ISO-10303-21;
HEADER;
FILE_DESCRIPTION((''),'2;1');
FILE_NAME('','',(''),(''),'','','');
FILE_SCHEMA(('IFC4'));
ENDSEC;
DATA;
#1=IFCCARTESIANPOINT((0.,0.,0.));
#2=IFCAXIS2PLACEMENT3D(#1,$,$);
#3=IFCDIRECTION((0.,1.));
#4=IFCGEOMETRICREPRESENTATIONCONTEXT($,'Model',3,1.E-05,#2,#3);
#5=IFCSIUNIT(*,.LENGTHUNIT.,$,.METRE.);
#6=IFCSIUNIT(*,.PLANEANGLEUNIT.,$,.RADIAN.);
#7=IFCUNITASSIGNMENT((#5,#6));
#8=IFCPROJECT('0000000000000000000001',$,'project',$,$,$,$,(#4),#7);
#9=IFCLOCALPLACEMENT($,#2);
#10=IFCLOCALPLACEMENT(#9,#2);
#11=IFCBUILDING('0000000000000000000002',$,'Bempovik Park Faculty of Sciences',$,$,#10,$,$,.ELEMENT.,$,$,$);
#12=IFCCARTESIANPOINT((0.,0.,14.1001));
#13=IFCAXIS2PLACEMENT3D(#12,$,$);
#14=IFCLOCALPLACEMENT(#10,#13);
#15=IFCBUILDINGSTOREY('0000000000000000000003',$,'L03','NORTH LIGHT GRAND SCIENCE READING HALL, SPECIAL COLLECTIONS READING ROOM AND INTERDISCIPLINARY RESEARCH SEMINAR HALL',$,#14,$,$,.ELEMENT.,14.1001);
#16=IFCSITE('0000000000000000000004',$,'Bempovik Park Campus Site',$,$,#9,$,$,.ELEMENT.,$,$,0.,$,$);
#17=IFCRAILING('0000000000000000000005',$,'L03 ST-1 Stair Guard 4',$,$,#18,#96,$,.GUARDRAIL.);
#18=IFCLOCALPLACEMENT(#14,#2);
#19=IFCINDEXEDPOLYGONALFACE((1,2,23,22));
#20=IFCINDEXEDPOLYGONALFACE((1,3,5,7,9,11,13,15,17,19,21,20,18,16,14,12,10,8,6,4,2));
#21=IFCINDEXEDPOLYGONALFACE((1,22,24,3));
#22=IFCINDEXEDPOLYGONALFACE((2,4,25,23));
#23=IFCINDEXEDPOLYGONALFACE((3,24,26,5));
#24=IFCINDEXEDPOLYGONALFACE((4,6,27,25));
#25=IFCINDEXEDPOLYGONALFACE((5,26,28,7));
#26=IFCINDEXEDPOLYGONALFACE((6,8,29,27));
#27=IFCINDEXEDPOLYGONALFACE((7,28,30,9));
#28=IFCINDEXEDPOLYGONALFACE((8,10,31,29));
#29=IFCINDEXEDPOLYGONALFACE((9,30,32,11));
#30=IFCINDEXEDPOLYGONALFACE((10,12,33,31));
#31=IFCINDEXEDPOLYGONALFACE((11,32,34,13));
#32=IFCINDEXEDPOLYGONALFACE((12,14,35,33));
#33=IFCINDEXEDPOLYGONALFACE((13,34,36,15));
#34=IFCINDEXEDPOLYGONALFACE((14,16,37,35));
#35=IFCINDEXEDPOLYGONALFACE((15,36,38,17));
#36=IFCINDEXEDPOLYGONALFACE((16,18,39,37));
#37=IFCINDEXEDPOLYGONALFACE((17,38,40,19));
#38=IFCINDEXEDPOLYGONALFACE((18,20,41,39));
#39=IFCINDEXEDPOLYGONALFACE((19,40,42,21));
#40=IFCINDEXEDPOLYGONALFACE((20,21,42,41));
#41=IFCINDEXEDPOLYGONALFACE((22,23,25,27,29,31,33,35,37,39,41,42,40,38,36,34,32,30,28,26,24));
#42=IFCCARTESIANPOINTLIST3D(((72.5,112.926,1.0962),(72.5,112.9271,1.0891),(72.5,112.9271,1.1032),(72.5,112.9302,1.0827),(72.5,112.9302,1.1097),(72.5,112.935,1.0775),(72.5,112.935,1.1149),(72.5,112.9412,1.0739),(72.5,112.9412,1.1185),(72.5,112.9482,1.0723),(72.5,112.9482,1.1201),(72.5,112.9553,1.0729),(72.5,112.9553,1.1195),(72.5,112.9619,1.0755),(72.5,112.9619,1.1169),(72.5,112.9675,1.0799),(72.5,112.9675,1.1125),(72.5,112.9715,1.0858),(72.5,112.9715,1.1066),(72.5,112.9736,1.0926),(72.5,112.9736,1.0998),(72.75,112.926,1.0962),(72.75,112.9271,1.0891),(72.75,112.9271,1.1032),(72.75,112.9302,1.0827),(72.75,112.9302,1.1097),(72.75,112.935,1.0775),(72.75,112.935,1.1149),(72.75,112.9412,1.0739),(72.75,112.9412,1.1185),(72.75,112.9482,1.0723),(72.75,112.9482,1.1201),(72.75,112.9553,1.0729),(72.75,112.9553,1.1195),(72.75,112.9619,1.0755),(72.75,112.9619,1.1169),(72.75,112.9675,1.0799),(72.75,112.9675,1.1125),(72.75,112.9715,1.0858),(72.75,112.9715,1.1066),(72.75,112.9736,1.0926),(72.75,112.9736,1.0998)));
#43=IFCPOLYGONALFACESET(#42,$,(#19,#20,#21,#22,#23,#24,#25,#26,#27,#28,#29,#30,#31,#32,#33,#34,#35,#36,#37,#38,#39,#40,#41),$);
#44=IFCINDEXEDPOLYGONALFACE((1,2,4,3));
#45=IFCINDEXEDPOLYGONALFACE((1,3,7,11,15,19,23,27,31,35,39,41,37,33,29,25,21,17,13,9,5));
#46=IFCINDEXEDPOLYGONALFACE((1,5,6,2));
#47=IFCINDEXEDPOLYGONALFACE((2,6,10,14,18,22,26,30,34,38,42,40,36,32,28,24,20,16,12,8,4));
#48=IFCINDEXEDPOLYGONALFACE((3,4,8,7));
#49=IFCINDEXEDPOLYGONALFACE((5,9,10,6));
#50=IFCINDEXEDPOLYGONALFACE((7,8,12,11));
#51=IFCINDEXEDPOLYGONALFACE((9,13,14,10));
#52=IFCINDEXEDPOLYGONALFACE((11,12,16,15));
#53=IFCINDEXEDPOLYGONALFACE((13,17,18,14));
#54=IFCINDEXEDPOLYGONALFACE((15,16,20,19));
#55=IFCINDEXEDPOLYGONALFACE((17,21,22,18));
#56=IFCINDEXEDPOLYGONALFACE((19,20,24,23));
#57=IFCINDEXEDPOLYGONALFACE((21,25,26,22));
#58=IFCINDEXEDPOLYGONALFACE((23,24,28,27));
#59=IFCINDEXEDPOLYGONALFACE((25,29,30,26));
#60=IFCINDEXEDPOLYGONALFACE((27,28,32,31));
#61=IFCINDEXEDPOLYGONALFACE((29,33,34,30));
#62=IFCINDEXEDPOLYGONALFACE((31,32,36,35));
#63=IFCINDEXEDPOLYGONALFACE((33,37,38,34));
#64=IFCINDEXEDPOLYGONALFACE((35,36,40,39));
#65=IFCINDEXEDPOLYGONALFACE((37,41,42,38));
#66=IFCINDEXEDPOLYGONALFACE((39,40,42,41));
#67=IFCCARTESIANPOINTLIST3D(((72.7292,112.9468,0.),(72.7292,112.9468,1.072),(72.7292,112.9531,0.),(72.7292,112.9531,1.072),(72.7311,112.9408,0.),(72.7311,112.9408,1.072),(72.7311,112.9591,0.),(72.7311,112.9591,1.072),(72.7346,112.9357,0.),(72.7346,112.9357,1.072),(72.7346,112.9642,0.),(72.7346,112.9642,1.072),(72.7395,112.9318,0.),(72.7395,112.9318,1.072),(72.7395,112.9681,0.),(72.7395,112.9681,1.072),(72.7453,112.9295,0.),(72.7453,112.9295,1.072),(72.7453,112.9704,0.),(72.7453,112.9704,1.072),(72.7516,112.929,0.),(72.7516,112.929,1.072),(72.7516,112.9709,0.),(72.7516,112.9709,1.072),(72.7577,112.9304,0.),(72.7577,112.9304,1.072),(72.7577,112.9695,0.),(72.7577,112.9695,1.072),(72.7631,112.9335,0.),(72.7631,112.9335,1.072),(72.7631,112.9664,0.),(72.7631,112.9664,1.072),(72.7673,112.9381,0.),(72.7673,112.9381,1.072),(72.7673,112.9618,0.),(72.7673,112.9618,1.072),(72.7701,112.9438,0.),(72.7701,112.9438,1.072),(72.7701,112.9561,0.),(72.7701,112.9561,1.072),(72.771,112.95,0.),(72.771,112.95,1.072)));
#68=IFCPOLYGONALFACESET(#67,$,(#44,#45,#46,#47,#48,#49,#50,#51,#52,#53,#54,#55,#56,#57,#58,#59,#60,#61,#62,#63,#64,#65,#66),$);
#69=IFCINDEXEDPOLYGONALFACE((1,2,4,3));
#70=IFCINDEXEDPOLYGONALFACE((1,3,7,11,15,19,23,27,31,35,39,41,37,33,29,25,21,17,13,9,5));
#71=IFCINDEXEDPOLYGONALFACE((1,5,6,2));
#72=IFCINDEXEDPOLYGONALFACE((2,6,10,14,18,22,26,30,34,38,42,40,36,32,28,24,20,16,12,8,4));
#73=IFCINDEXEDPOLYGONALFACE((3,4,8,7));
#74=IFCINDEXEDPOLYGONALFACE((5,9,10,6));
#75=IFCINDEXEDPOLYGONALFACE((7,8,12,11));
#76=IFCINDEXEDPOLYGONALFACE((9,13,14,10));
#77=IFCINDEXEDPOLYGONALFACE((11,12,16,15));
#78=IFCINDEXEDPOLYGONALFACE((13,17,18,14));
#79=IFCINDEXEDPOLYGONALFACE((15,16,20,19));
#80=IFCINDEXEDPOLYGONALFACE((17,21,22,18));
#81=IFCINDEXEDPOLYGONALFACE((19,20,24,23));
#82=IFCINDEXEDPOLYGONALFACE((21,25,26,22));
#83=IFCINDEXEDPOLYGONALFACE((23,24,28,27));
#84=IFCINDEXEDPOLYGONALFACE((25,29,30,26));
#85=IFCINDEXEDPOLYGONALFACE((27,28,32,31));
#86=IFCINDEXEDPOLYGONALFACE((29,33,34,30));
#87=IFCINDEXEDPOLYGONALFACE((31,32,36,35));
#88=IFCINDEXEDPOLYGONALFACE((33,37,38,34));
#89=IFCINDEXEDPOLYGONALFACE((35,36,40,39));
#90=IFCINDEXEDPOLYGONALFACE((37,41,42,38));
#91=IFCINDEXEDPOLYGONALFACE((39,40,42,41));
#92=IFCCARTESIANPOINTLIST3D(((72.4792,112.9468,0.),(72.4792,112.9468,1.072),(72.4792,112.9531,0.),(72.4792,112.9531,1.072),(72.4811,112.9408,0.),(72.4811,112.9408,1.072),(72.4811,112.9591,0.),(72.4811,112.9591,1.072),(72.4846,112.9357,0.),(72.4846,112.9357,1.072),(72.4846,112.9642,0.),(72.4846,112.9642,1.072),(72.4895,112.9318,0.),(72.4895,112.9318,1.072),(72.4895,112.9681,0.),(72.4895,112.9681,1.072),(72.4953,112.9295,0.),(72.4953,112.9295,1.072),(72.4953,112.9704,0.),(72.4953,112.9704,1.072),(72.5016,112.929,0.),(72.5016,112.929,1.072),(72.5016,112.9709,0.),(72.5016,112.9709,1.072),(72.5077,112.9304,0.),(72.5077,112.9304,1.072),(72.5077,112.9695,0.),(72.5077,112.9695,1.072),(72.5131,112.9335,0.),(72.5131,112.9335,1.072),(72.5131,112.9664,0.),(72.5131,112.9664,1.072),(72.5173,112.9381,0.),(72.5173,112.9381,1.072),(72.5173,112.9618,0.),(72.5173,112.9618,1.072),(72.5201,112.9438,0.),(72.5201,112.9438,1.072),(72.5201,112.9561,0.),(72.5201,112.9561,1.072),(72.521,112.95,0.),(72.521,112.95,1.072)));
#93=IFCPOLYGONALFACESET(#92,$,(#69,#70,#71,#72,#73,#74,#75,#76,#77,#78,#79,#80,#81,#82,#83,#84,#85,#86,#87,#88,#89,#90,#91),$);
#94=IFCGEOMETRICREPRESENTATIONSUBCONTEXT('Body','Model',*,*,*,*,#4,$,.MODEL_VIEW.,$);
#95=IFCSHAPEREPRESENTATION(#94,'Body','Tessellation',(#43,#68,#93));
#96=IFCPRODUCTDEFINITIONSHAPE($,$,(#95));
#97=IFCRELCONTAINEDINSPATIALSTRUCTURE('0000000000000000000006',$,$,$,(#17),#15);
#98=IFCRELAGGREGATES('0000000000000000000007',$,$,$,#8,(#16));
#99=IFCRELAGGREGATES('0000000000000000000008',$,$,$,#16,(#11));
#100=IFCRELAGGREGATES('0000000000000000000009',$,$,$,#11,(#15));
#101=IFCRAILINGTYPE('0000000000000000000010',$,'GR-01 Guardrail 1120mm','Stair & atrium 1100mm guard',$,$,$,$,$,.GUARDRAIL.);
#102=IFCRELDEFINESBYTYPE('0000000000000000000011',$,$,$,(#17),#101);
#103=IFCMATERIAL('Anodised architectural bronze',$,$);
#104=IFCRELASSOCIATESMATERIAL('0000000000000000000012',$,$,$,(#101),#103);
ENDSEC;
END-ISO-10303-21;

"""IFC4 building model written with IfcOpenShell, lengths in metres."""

from ifc_helpers import new_model, si_unit, direction, frame, origin, origin_2d, place, context, subcontext, project, spatial, circle, extrude, material, type_object, element, save


model = new_model("IFC4")

# Units and contexts
model_context = context("Model", 3, precision=1e-05, world=origin(), true_north=direction((0.0, 1.0)))
body_context = subcontext(model_context, "Body", "Model", "MODEL_VIEW")
ifc_project = project(units=[si_unit("LENGTHUNIT", "METRE"), si_unit("PLANEANGLEUNIT", "RADIAN")], contexts=[model_context])

# Site, building, storey
site_placement = place(None, origin())
site = spatial("IfcSite", under=ifc_project, at=site_placement, Name="Bempovik Park Campus Site", CompositionType="ELEMENT", RefElevation=0.0)
building_placement = place(site_placement, origin())
building = spatial("IfcBuilding", under=site, at=building_placement, Name="Bempovik Park Faculty of Sciences", CompositionType="ELEMENT")
storey_placement = place(building_placement, frame((0.0, 0.0, 14.1001)))
storey = spatial("IfcBuildingStorey", under=building, at=storey_placement, Name="L03", Description="NORTH LIGHT GRAND SCIENCE READING HALL, SPECIAL COLLECTIONS READING ROOM AND INTERDISCIPLINARY RESEARCH SEMINAR HALL", CompositionType="ELEMENT", Elevation=14.1001)

# Railing
ifc_material_1 = material(Name="Anodised architectural bronze")
railing_type_1 = type_object("IfcRailingType", Name="GR-01 Guardrail 1120mm", Description="Stair & atrium 1100mm guard", PredefinedType="GUARDRAIL", material=ifc_material_1)
railing_1_placement = place(storey_placement, frame((72.75, 112.95, 0.0)))
element("IfcRailing", 1, at=railing_1_placement, inside=storey, type_object=railing_type_1, Name="L03 ST-1 Stair Guard 4", PredefinedType="GUARDRAIL", context=body_context, shape_type="SweptSolid", body=[
    extrude(circle(Radius=0.0239, at=origin_2d()), frame((0.0, 0.0, 1.0962), z_axis=(-1.0, 0.0, 0.0), x_axis=(0.0, -1.0, 0.0)), (0.0, 0.0, 1.0), 0.25),
    extrude(circle(Radius=0.021, at=origin_2d()), origin(), (0.0, 0.0, 1.0), 1.072),
    extrude(circle(Radius=0.021, at=origin_2d()), frame((-0.25, 0.0, 0.0)), (0.0, 0.0, 1.0), 1.072),
])

save(model, "model.ifc")
